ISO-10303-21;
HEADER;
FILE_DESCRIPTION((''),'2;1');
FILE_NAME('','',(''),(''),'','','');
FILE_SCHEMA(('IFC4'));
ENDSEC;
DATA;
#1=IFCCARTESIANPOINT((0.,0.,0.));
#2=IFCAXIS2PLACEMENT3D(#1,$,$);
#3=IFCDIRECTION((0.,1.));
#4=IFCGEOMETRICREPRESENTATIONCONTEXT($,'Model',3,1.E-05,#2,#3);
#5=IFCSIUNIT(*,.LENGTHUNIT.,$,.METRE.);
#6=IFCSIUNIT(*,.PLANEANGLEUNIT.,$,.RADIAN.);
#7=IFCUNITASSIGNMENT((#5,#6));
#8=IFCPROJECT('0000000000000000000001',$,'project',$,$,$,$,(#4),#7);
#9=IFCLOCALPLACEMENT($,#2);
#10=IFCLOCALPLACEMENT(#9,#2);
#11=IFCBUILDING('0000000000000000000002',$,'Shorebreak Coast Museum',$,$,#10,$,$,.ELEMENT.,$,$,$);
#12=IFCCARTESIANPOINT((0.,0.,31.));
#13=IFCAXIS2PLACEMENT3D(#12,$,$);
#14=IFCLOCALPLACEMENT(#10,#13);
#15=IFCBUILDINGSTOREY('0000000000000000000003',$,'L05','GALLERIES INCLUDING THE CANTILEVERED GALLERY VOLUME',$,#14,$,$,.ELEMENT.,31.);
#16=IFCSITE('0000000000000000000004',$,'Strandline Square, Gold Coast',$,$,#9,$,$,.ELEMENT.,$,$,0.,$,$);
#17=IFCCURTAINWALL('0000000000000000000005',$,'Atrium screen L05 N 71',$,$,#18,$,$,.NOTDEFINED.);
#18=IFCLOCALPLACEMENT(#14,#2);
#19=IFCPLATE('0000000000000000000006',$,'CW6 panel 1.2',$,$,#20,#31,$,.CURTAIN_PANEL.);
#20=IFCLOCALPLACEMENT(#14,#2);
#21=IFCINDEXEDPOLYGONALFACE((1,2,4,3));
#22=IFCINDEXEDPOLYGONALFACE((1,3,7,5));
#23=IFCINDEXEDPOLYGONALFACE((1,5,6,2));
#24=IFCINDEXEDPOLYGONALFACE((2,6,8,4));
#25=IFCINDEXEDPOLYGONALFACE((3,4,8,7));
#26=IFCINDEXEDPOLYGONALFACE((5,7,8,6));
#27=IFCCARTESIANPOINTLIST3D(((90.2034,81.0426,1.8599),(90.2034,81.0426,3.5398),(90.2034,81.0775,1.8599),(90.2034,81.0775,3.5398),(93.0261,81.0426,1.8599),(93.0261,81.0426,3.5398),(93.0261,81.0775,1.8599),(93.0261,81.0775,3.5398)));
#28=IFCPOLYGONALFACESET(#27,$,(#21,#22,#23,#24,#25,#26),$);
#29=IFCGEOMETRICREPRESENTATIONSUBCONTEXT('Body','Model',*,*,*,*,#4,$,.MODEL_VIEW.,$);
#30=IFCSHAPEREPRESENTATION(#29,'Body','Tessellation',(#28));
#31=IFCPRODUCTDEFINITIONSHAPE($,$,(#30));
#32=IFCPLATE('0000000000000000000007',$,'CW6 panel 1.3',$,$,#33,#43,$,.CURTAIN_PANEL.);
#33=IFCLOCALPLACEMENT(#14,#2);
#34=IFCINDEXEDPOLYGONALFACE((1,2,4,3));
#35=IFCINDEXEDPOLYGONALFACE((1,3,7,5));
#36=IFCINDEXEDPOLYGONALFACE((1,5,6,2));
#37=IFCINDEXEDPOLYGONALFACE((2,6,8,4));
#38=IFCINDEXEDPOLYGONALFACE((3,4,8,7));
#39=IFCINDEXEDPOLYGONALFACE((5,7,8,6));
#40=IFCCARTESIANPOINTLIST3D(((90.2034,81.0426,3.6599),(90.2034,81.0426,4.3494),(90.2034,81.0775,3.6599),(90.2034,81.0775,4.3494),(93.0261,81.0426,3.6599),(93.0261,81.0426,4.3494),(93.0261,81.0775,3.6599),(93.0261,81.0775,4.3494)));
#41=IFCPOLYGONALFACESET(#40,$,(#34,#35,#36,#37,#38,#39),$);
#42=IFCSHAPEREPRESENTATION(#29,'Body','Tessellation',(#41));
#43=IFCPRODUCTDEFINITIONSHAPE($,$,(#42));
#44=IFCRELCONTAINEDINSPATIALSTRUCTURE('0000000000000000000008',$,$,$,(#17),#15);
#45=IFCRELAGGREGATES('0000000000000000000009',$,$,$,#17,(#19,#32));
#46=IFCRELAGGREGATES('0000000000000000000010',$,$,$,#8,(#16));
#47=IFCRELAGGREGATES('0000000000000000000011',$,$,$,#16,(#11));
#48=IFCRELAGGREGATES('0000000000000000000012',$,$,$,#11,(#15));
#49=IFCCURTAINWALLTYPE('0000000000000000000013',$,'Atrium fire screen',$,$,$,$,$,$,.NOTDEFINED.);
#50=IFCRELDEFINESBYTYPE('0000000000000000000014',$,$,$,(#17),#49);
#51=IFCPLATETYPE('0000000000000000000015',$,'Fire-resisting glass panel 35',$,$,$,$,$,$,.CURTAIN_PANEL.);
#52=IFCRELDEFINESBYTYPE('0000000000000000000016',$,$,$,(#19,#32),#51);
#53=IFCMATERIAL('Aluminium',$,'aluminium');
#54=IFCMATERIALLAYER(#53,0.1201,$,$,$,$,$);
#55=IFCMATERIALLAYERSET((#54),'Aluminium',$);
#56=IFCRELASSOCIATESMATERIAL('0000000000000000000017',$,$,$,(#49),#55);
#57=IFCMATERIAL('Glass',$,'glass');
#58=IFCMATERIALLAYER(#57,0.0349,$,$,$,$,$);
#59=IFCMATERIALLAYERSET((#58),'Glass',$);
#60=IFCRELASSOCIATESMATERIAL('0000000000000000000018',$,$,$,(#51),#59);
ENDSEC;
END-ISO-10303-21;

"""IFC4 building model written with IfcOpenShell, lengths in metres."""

from ifc_helpers import new_model, si_unit, direction, frame, origin, origin_2d, place, context, subcontext, project, spatial, rectangle, extrude, material, layer, layer_set, type_object, element, aggregate, save


model = new_model("IFC4")

# Units and contexts
model_context = context("Model", 3, precision=1e-05, world=origin(), true_north=direction((0.0, 1.0)))
body_context = subcontext(model_context, "Body", "Model", "MODEL_VIEW")
ifc_project = project(units=[si_unit("LENGTHUNIT", "METRE"), si_unit("PLANEANGLEUNIT", "RADIAN")], contexts=[model_context])

# Site, building, storey
site_placement = place(None, origin())
site = spatial("IfcSite", under=ifc_project, at=site_placement, Name="Strandline Square, Gold Coast", CompositionType="ELEMENT", RefElevation=0.0)
building_placement = place(site_placement, origin())
building = spatial("IfcBuilding", under=site, at=building_placement, Name="Shorebreak Coast Museum", CompositionType="ELEMENT")
storey_placement = place(building_placement, frame((0.0, 0.0, 31.0)))
storey = spatial("IfcBuildingStorey", under=building, at=storey_placement, Name="L05", Description="GALLERIES INCLUDING THE CANTILEVERED GALLERY VOLUME", CompositionType="ELEMENT", Elevation=31.0)

# Curtain wall
ifc_material_1 = material(Name="Aluminium", Category="aluminium")
ifc_layer_1 = layer(ifc_material_1, 0.1201)
ifc_layer_set_1 = layer_set([ifc_layer_1], Name="Aluminium")
curtain_wall_type = type_object("IfcCurtainWallType", Name="Atrium fire screen", PredefinedType="NOTDEFINED", material=ifc_layer_set_1)
curtain_wall_1_placement = place(storey_placement, origin())
curtain_wall_1 = element("IfcCurtainWall", 1, at=curtain_wall_1_placement, inside=storey, type_object=curtain_wall_type, Name="Atrium screen L05 N 71", PredefinedType="NOTDEFINED")

# Plates
ifc_material_2 = material(Name="Glass", Category="glass")
ifc_layer_2 = layer(ifc_material_2, 0.0349)
ifc_layer_set_2 = layer_set([ifc_layer_2], Name="Glass")
plate_type = type_object("IfcPlateType", Name="Fire-resisting glass panel 35", PredefinedType="CURTAIN_PANEL", material=ifc_layer_set_2)
plate_1_placement = place(storey_placement, frame((91.6147, 81.0601, 1.8599), z_axis=(0.0, 0.0, 1.0), x_axis=(1.0, 0.0, 0.0)))
plate_1 = element("IfcPlate", 2, at=plate_1_placement, type_object=plate_type, Name="CW6 panel 1.2", PredefinedType="CURTAIN_PANEL", context=body_context, shape_type="SweptSolid", body=[
    extrude(rectangle(XDim=2.8228, YDim=0.0349, at=origin_2d()), origin(), (0.0, 0.0, 1.0), 1.6799),
])
plate_2_placement = place(storey_placement, frame((91.6147, 81.0601, 3.6599), z_axis=(0.0, 0.0, 1.0), x_axis=(1.0, 0.0, 0.0)))
plate_2 = element("IfcPlate", 3, at=plate_2_placement, type_object=plate_type, Name="CW6 panel 1.3", PredefinedType="CURTAIN_PANEL", context=body_context, shape_type="SweptSolid", body=[
    extrude(rectangle(XDim=2.8228, YDim=0.0349, at=origin_2d()), origin(), (0.0, 0.0, 1.0), 0.6895),
])
aggregate(curtain_wall_1, [plate_1, plate_2])

save(model, "model.ifc")
